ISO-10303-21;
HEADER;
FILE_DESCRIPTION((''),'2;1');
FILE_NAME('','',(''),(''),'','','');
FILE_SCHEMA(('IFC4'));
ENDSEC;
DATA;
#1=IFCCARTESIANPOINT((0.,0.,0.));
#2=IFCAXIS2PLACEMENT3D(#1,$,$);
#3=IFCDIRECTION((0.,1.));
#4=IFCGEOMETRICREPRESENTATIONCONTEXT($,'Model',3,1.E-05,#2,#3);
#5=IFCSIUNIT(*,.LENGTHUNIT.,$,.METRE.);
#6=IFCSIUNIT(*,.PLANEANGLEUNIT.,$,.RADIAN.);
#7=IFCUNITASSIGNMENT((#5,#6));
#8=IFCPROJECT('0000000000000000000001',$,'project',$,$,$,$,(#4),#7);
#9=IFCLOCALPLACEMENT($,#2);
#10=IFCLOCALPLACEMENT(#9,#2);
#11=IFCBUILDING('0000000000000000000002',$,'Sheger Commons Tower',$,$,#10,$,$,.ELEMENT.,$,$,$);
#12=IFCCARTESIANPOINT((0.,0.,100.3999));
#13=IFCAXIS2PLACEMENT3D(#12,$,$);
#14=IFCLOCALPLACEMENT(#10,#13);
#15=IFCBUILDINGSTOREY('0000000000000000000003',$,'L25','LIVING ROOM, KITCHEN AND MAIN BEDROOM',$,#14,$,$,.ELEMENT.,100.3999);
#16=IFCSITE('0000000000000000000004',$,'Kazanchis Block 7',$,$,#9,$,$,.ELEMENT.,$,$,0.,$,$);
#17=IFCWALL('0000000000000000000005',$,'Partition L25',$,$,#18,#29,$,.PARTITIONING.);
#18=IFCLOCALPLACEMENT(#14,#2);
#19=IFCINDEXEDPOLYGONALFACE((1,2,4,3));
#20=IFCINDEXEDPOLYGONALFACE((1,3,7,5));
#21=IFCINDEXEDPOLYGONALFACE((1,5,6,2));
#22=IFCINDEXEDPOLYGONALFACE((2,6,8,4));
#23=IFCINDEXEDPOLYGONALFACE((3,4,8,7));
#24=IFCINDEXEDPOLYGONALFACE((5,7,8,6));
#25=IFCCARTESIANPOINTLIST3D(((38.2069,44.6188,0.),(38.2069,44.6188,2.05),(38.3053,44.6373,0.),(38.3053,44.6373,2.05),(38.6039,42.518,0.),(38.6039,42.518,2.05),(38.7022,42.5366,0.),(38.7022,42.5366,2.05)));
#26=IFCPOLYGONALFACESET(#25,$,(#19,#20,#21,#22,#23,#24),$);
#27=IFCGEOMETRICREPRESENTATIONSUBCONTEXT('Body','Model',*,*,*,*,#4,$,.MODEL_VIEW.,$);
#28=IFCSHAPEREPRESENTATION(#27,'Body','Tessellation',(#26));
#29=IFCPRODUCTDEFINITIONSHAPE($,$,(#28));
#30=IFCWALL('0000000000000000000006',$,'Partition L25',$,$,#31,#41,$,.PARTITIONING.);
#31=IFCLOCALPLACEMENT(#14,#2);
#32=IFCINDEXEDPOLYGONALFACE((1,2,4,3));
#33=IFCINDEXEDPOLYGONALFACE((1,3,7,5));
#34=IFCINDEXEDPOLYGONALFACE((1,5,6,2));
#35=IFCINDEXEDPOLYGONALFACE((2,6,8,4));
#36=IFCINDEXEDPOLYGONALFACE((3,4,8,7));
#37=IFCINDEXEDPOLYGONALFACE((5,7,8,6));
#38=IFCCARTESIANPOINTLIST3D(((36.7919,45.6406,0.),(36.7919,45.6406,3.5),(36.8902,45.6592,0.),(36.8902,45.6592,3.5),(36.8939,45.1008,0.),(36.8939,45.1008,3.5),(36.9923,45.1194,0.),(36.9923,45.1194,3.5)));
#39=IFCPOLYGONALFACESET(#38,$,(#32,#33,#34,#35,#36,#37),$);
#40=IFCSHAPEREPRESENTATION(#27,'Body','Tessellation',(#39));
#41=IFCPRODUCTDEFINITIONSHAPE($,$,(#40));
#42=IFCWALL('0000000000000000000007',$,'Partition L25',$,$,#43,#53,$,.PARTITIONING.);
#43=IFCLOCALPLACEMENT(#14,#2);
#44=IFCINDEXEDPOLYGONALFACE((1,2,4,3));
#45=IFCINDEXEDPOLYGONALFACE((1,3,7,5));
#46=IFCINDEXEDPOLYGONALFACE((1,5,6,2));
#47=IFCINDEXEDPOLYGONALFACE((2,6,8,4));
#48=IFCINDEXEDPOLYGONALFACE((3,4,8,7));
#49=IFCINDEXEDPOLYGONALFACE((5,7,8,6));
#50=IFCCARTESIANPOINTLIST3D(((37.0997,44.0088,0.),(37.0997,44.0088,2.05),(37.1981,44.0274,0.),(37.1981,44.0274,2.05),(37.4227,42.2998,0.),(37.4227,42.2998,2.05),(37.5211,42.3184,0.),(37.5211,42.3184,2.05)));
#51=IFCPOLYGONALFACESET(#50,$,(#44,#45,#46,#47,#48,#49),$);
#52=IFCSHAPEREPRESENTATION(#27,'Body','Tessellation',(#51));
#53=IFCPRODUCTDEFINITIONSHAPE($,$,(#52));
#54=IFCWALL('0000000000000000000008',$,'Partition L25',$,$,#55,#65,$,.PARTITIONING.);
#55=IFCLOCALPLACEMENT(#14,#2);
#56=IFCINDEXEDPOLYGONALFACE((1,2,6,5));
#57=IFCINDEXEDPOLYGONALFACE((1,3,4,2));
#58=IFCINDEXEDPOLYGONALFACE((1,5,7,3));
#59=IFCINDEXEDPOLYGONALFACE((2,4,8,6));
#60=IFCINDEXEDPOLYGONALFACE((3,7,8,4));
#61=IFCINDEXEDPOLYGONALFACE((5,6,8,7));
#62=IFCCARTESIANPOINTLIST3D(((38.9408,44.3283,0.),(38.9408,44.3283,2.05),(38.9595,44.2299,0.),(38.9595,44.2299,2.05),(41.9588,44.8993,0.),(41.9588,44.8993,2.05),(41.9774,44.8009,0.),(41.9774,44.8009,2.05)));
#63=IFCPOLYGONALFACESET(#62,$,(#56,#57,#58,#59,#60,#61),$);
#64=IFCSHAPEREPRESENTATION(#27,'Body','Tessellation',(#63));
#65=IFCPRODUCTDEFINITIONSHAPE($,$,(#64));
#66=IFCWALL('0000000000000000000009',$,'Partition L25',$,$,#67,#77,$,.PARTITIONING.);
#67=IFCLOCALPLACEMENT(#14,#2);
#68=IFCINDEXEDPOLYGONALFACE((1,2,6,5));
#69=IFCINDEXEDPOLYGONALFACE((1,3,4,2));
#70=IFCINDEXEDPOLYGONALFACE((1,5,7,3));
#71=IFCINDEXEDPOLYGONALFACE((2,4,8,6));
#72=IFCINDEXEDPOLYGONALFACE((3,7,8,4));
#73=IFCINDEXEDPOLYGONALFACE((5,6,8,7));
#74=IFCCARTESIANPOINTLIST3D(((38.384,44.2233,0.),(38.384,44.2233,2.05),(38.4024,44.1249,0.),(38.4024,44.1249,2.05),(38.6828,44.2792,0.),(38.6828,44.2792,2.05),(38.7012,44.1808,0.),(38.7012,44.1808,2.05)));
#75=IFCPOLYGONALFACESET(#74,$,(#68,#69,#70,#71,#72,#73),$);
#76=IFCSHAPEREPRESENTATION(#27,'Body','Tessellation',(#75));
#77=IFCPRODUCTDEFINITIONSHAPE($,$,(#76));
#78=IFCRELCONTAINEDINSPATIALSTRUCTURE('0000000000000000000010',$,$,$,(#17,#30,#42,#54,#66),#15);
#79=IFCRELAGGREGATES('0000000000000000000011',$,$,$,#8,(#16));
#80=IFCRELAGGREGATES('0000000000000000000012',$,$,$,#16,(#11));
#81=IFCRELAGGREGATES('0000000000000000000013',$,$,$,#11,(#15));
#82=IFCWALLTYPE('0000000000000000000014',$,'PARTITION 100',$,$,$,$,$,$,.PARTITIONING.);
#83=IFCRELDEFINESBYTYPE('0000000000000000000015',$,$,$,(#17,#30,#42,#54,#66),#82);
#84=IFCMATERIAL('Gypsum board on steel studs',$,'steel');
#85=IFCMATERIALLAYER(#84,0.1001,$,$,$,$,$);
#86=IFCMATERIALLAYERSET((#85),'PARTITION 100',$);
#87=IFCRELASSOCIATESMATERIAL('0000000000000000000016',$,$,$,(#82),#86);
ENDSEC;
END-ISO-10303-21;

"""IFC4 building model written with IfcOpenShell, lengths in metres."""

from ifc_helpers import new_model, si_unit, direction, frame, frame_2d, origin, place, context, subcontext, project, spatial, rectangle, extrude, material, layer, layer_set, type_object, element, save


model = new_model("IFC4")

# Units and contexts
model_context = context("Model", 3, precision=1e-05, world=origin(), true_north=direction((0.0, 1.0)))
body_context = subcontext(model_context, "Body", "Model", "MODEL_VIEW")
ifc_project = project(units=[si_unit("LENGTHUNIT", "METRE"), si_unit("PLANEANGLEUNIT", "RADIAN")], contexts=[model_context])

# Site, building, storey
site_placement = place(None, origin())
site = spatial("IfcSite", under=ifc_project, at=site_placement, Name="Kazanchis Block 7", CompositionType="ELEMENT", RefElevation=0.0)
building_placement = place(site_placement, origin())
building = spatial("IfcBuilding", under=site, at=building_placement, Name="Sheger Commons Tower", CompositionType="ELEMENT")
storey_placement = place(building_placement, frame((0.0, 0.0, 100.3999)))
storey = spatial("IfcBuildingStorey", under=building, at=storey_placement, Name="L25", Description="LIVING ROOM, KITCHEN AND MAIN BEDROOM", CompositionType="ELEMENT", Elevation=100.3999)

# Walls
ifc_material_1 = material(Name="Gypsum board on steel studs", Category="steel")
ifc_layer_1 = layer(ifc_material_1, 0.1001)
ifc_layer_set_1 = layer_set([ifc_layer_1], Name="PARTITION 100")
wall_type_1 = type_object("IfcWallType", Name="PARTITION 100", PredefinedType="PARTITIONING", material=ifc_layer_set_1)
wall_1_placement = place(storey_placement, frame((38.2561, 44.6279, 0.0), z_axis=(0.0, 0.0, 1.0), x_axis=(0.185674, -0.982611, 0.0)))
element("IfcWall", 1, at=wall_1_placement, inside=storey, type_object=wall_type_1, Name="Partition L25", PredefinedType="PARTITIONING", context=body_context, shape_type="SweptSolid", body=[
    extrude(rectangle(XDim=2.1379, YDim=0.1001, at=frame_2d((1.0688, 0.0))), origin(), (0.0, 0.0, 1.0), 2.05),
])
wall_2_placement = place(storey_placement, frame((36.8411, 45.6499, 0.0), z_axis=(0.0, 0.0, 1.0), x_axis=(0.185764, -0.982594, 0.0)))
element("IfcWall", 2, at=wall_2_placement, inside=storey, type_object=wall_type_1, Name="Partition L25", PredefinedType="PARTITIONING", context=body_context, shape_type="SweptSolid", body=[
    extrude(rectangle(XDim=0.5493, YDim=0.1001, at=frame_2d((0.2747, 0.0))), origin(), (0.0, 0.0, 1.0), 3.5),
])
wall_3_placement = place(storey_placement, frame((37.1489, 44.0181, 0.0), z_axis=(0.0, 0.0, 1.0), x_axis=(0.185712, -0.982604, 0.0)))
element("IfcWall", 3, at=wall_3_placement, inside=storey, type_object=wall_type_1, Name="Partition L25", PredefinedType="PARTITIONING", context=body_context, shape_type="SweptSolid", body=[
    extrude(rectangle(XDim=1.7393, YDim=0.1001, at=frame_2d((0.8696, 0.0))), origin(), (0.0, 0.0, 1.0), 2.05),
])
wall_4_placement = place(storey_placement, frame((41.968, 44.8501, 0.0), z_axis=(0.0, 0.0, 1.0), x_axis=(-0.982567, -0.18591, 0.0)))
element("IfcWall", 4, at=wall_4_placement, inside=storey, type_object=wall_type_1, Name="Partition L25", PredefinedType="PARTITIONING", context=body_context, shape_type="SweptSolid", body=[
    extrude(rectangle(XDim=3.0715, YDim=0.1001, at=frame_2d((1.5356, 0.0))), origin(), (0.0, 0.0, 1.0), 2.05),
])
wall_5_placement = place(storey_placement, frame((38.6919, 44.23, 0.0), z_axis=(0.0, 0.0, 1.0), x_axis=(-0.982945, -0.183901, 0.0)))
element("IfcWall", 5, at=wall_5_placement, inside=storey, type_object=wall_type_1, Name="Partition L25", PredefinedType="PARTITIONING", context=body_context, shape_type="SweptSolid", body=[
    extrude(rectangle(XDim=0.304, YDim=0.1001, at=frame_2d((0.1519, 0.0))), origin(), (0.0, 0.0, 1.0), 2.05),
])

save(model, "model.ifc")
